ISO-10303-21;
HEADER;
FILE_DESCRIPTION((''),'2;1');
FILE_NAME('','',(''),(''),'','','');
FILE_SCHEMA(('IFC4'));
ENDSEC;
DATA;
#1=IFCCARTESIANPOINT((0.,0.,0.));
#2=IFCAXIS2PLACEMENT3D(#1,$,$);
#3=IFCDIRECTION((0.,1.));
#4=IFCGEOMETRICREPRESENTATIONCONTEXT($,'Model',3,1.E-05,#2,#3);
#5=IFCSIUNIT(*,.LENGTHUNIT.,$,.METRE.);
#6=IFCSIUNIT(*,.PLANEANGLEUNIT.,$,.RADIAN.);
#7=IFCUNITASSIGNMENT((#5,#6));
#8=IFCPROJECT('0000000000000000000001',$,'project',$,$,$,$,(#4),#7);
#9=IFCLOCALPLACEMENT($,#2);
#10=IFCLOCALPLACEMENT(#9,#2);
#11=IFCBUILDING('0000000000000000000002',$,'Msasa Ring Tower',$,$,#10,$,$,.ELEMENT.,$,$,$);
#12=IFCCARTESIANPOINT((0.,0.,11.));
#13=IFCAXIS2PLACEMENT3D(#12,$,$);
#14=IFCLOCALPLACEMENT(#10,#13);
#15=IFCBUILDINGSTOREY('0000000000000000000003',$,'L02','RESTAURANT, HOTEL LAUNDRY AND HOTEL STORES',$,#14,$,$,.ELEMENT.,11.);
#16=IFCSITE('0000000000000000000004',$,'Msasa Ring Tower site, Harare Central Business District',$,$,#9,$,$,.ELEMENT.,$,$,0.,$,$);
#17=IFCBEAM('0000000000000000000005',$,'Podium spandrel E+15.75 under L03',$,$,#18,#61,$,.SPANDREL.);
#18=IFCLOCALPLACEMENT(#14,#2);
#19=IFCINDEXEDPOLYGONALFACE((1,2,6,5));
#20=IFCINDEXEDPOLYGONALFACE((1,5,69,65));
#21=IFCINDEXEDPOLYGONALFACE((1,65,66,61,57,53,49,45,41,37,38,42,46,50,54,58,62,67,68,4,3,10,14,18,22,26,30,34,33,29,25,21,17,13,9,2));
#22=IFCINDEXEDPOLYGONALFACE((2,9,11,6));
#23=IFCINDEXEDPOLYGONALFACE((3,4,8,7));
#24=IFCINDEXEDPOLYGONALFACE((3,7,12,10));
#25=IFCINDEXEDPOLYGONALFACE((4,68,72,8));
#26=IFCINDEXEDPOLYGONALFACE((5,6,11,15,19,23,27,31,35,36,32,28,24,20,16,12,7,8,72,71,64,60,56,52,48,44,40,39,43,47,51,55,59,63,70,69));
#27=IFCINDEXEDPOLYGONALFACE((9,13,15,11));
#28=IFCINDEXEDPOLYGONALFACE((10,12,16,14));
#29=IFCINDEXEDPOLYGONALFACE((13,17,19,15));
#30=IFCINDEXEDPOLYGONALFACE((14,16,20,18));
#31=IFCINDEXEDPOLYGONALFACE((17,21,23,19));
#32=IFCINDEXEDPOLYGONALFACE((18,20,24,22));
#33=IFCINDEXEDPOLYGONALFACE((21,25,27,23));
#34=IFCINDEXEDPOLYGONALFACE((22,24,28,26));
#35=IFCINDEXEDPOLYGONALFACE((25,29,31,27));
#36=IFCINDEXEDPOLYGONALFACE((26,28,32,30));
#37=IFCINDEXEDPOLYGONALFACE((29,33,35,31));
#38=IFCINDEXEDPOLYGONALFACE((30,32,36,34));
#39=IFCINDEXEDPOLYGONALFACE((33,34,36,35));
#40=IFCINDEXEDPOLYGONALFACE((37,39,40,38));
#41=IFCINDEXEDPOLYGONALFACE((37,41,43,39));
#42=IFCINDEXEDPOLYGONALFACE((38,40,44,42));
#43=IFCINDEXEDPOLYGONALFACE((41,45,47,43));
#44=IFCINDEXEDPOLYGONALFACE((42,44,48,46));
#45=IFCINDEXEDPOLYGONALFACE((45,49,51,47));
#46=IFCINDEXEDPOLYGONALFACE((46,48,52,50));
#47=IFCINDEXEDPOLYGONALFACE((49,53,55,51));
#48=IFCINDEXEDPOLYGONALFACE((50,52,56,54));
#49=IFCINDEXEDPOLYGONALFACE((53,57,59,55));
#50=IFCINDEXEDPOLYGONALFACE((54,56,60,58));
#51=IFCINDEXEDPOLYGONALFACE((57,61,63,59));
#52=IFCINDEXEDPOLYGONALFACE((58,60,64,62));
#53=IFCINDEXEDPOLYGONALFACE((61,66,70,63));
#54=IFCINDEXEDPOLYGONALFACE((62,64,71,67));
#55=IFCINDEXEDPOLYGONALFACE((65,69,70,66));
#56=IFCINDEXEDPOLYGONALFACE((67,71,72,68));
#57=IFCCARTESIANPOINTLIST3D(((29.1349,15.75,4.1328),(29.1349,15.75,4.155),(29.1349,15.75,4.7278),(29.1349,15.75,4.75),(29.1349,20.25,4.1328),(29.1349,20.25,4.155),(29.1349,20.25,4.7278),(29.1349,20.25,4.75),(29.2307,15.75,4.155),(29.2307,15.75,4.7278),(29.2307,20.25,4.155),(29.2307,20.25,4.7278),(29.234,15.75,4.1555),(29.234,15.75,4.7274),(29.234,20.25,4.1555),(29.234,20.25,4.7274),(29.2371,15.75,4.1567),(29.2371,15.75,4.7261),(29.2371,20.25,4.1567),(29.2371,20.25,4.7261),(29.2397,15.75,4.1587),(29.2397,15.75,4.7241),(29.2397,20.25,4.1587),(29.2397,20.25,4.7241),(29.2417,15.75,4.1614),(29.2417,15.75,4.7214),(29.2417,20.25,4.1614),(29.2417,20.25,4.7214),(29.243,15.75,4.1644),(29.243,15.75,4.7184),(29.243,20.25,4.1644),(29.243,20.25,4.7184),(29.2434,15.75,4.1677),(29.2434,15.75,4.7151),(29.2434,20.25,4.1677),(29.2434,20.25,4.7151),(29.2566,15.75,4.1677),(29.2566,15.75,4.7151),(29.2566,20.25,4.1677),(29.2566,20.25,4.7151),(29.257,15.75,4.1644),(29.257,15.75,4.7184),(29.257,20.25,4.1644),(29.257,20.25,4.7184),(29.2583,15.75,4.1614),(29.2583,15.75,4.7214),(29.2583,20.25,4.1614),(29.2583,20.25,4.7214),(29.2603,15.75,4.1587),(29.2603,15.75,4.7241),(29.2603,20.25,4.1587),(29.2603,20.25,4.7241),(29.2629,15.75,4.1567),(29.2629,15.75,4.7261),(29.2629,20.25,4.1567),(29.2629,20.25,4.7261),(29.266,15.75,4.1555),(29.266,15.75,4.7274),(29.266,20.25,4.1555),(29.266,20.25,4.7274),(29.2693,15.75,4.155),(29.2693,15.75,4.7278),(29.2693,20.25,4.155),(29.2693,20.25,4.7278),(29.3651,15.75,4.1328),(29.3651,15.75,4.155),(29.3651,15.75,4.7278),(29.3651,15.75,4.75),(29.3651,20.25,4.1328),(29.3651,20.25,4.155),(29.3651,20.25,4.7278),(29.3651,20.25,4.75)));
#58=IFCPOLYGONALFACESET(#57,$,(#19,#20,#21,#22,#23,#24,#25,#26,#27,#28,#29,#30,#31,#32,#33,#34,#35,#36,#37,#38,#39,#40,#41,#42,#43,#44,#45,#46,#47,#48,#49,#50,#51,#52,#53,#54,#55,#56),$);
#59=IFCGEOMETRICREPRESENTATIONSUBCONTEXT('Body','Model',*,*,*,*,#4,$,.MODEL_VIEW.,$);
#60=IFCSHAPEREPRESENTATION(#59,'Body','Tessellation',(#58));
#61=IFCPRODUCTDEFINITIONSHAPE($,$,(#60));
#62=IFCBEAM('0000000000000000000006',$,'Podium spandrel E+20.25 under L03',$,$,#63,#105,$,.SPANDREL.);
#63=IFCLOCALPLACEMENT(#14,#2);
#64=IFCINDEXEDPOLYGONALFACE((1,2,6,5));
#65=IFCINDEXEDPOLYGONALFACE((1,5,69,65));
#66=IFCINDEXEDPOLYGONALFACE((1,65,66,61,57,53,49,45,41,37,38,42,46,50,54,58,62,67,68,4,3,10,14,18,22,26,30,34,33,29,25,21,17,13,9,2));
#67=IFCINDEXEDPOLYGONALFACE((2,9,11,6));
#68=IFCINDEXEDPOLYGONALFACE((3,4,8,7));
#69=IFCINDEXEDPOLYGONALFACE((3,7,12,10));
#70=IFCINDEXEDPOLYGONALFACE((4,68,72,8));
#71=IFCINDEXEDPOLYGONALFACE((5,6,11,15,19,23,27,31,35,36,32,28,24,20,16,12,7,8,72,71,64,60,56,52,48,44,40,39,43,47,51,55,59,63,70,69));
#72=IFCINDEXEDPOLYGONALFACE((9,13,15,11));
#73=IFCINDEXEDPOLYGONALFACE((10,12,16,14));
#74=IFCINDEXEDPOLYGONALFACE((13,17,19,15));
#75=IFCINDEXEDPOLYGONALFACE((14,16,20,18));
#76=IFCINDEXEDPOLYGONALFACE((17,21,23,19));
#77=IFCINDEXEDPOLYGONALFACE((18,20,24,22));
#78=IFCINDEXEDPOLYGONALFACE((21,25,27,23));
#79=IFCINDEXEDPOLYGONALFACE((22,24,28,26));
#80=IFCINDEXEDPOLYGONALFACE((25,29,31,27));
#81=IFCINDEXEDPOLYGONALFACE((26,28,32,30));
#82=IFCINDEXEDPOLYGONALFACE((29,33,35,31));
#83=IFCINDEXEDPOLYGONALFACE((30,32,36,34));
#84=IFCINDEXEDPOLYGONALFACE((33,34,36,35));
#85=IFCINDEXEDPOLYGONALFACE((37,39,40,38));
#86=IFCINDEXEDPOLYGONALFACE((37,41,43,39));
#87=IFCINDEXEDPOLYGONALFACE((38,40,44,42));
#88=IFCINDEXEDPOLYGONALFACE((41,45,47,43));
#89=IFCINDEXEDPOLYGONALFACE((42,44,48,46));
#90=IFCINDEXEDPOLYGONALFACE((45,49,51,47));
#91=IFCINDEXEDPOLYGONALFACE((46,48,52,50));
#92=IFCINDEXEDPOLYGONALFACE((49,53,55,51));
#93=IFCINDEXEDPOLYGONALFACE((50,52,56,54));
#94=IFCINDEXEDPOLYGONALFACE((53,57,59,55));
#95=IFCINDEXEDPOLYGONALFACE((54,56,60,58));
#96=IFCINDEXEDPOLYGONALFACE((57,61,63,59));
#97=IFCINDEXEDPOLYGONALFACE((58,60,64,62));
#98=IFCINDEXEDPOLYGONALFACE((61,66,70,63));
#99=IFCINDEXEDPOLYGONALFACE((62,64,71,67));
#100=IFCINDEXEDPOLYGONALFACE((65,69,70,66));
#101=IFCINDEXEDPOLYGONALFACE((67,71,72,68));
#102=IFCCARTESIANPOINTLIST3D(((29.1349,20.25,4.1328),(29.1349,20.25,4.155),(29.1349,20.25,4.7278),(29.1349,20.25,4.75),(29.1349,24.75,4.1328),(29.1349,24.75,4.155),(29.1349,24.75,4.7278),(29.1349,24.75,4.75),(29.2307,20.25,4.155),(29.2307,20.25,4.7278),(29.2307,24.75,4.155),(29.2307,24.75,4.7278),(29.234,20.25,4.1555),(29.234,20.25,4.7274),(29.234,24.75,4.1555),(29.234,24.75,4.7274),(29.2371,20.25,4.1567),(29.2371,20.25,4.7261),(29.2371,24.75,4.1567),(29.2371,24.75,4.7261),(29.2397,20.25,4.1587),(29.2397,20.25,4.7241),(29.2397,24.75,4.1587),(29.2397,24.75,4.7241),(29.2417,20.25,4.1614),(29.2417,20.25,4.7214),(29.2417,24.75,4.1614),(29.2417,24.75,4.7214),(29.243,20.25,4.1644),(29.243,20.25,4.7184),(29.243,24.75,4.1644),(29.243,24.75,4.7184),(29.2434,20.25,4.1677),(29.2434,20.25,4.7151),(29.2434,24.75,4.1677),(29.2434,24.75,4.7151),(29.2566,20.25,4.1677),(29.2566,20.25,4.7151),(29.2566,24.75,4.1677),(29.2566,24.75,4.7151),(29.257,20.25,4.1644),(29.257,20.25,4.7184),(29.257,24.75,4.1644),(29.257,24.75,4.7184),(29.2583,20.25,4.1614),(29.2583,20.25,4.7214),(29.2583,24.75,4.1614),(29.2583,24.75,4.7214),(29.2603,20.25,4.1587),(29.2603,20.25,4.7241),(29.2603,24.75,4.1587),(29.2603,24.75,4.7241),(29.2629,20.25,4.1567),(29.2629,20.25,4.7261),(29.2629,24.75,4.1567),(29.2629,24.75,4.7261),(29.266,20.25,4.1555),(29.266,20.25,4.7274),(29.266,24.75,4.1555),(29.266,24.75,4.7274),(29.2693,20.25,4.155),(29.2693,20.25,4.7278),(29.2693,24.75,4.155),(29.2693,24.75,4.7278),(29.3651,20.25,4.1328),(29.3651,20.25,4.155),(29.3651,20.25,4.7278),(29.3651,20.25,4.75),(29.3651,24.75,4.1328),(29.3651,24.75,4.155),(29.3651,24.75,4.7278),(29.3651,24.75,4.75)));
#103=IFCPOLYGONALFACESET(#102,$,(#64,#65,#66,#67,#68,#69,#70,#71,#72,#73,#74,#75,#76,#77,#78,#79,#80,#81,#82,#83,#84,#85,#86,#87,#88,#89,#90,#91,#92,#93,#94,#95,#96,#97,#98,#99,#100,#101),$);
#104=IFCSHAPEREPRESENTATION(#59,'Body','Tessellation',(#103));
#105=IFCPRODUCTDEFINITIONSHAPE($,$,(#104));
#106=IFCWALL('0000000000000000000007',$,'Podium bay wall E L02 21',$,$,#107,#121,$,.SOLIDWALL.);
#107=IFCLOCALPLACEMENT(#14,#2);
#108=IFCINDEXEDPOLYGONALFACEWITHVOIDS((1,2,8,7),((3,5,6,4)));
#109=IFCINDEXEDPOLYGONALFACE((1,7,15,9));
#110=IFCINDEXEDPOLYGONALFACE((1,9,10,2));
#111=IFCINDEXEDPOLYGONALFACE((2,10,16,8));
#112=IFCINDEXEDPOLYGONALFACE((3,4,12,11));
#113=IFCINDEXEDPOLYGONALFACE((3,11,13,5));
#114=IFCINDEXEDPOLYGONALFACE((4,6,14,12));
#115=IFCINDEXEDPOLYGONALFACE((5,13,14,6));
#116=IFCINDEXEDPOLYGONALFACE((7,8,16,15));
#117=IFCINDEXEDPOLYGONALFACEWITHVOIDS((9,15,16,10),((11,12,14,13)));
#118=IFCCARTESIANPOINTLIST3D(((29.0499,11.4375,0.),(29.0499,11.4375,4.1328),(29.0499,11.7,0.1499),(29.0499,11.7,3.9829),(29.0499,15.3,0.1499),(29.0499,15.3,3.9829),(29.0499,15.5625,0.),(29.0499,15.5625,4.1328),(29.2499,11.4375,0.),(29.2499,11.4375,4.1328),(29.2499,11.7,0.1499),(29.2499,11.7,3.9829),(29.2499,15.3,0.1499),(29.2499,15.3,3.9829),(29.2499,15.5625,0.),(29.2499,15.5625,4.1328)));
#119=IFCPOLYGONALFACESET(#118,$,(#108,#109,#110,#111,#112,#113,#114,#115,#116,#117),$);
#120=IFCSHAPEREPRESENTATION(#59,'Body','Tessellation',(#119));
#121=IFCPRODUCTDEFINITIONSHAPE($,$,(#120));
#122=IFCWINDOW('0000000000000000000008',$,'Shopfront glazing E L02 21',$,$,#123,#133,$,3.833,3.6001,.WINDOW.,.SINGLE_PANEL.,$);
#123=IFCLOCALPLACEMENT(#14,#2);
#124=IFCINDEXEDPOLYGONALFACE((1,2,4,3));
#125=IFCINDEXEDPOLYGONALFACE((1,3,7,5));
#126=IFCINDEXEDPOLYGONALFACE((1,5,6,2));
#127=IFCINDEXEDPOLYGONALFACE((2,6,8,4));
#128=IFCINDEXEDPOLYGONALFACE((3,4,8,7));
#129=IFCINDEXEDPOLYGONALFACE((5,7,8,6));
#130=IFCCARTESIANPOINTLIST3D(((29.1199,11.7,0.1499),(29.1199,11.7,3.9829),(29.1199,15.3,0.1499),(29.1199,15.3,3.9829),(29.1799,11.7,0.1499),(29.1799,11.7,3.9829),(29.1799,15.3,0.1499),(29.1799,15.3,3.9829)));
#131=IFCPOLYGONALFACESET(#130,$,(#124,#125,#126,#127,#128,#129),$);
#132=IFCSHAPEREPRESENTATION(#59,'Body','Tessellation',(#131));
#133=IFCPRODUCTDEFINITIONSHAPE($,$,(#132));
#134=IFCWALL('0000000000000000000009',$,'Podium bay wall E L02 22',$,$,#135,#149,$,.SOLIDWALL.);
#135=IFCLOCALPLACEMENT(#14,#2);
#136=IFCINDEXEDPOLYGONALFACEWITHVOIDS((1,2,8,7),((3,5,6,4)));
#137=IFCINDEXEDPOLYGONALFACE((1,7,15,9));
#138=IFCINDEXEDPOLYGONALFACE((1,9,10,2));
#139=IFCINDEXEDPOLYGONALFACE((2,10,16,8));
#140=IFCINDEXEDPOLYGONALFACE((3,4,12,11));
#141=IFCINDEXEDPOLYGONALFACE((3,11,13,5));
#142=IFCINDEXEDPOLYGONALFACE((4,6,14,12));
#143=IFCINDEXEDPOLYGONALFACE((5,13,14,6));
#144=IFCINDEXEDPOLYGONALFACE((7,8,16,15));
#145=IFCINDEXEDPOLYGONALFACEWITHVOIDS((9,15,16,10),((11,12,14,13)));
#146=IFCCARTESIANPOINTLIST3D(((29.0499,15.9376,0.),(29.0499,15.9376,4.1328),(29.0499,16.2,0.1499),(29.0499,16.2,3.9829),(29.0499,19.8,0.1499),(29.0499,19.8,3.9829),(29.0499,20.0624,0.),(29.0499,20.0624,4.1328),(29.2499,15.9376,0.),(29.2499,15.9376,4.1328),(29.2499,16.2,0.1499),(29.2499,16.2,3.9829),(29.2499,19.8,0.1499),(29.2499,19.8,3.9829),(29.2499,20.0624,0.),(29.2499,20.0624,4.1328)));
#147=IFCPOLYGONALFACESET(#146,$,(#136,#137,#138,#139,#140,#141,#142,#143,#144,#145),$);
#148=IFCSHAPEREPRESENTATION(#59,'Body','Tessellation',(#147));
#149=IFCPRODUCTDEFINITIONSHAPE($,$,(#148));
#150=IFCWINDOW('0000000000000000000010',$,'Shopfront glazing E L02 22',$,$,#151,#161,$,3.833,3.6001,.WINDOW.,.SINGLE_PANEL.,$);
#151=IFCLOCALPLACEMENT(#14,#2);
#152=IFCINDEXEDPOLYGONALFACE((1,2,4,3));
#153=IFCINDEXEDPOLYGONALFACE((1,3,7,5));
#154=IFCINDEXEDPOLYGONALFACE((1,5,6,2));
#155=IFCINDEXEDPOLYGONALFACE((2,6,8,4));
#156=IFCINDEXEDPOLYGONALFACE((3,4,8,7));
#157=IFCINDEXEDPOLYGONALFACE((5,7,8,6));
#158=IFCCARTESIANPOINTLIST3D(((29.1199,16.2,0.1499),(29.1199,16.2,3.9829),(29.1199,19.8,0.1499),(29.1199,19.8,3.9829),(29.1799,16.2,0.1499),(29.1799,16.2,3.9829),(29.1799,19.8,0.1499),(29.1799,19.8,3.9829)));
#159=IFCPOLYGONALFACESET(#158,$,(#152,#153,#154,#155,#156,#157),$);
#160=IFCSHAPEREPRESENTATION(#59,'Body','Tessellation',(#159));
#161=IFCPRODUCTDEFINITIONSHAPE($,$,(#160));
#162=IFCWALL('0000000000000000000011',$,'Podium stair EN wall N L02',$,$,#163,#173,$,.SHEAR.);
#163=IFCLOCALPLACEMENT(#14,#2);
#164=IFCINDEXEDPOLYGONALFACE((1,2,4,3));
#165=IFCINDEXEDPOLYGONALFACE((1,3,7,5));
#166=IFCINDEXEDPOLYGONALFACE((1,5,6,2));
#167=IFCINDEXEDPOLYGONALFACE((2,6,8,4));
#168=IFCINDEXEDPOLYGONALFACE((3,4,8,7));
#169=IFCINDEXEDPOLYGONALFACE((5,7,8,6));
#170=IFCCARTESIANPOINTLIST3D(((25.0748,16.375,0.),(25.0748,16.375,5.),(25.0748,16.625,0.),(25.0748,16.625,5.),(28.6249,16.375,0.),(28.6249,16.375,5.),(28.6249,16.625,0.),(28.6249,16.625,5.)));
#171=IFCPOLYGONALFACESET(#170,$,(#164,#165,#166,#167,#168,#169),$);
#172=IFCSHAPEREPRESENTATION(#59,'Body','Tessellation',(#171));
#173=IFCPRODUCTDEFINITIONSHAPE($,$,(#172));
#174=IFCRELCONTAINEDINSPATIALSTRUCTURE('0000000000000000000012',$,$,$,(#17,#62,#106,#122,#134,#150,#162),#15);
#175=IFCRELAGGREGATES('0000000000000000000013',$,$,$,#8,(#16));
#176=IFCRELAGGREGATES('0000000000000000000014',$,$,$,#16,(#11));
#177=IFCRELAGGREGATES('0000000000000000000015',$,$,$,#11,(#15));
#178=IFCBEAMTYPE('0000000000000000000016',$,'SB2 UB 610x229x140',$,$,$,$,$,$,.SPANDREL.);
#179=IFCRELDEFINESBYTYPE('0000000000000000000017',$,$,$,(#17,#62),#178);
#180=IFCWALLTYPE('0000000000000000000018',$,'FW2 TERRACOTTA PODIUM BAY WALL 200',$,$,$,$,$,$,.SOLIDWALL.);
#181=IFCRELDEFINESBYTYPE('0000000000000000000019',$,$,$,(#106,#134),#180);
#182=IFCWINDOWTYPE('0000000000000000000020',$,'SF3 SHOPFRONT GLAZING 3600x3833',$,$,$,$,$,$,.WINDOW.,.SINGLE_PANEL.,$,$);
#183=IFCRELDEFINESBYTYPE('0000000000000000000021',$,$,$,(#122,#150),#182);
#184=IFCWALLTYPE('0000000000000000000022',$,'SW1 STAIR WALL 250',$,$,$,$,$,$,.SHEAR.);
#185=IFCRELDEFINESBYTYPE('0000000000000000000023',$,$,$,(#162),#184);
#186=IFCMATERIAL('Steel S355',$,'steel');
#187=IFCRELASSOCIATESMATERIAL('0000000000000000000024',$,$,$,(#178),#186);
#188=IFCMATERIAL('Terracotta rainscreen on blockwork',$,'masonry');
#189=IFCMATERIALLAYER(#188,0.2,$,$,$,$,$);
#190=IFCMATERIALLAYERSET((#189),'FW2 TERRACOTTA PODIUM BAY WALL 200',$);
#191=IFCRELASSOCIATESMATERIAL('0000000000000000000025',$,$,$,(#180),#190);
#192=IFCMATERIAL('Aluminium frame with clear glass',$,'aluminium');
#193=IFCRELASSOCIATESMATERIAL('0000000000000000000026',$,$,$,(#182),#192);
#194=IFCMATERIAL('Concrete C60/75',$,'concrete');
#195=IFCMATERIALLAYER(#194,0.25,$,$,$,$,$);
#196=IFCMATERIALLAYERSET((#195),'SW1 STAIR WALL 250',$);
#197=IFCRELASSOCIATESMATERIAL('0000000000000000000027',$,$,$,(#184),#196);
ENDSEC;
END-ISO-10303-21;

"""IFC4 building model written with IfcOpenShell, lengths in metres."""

from ifc_helpers import new_model, si_unit, direction, frame, frame_2d, origin, origin_2d, place, context, subcontext, project, spatial, rectangle, i_section, extrude, material, layer, layer_set, material_profile, profile_set, type_object, element, fill, save


model = new_model("IFC4")

# Units and contexts
model_context = context("Model", 3, precision=1e-05, world=origin(), true_north=direction((0.0, 1.0)))
body_context = subcontext(model_context, "Body", "Model", "MODEL_VIEW")
ifc_project = project(units=[si_unit("LENGTHUNIT", "METRE"), si_unit("PLANEANGLEUNIT", "RADIAN")], contexts=[model_context])

# Site, building, storey
site_placement = place(None, origin())
site = spatial("IfcSite", under=ifc_project, at=site_placement, Name="Msasa Ring Tower site, Harare Central Business District", CompositionType="ELEMENT", RefElevation=0.0)
building_placement = place(site_placement, origin())
building = spatial("IfcBuilding", under=site, at=building_placement, Name="Msasa Ring Tower", CompositionType="ELEMENT")
storey_placement = place(building_placement, frame((0.0, 0.0, 11.0)))
storey = spatial("IfcBuildingStorey", under=building, at=storey_placement, Name="L02", Description="RESTAURANT, HOTEL LAUNDRY AND HOTEL STORES", CompositionType="ELEMENT", Elevation=11.0)

# Beams
ifc_material_1 = material(Name="Steel S355", Category="steel")
ifc_material_profile_1 = material_profile(ifc_material_1, i_section(OverallWidth=0.2302, OverallDepth=0.6172, WebThickness=0.0132, FlangeThickness=0.0222, FilletRadius=0.0127, at=origin_2d()), Name="UB 610x229x140")
ifc_profile_set_1 = profile_set([ifc_material_profile_1], Name="Steel S355")
beam_type_1 = type_object("IfcBeamType", Name="SB2 UB 610x229x140", PredefinedType="SPANDREL", material=ifc_profile_set_1)
for number, where, z_axis, x_axis, name in (
    (1, (29.25, 15.75, 4.4414), (0.0, 1.0, 0.0), (-1.0, 0.0, 0.0), "Podium spandrel E+15.75 under L03"),
    (2, (29.25, 20.25, 4.4414), (0.0, 1.0, 0.0), (-1.0, 0.0, 0.0), "Podium spandrel E+20.25 under L03"),
):
    element("IfcBeam", number, at=place(storey_placement, frame(where, z_axis=z_axis, x_axis=x_axis)), inside=storey, type_object=beam_type_1, Name=name, PredefinedType="SPANDREL", context=body_context, shape_type="SweptSolid", body=[
        extrude(i_section(OverallWidth=0.2302, OverallDepth=0.6172, WebThickness=0.0132, FlangeThickness=0.0222, FilletRadius=0.0127, at=origin_2d()), origin(), (0.0, 0.0, 1.0), 4.5),
    ])

# Walls, openings, windows
ifc_material_2 = material(Name="Terracotta rainscreen on blockwork", Category="masonry")
ifc_layer_1 = layer(ifc_material_2, 0.2)
ifc_layer_set_1 = layer_set([ifc_layer_1], Name="FW2 TERRACOTTA PODIUM BAY WALL 200")
wall_type_1 = type_object("IfcWallType", Name="FW2 TERRACOTTA PODIUM BAY WALL 200", PredefinedType="SOLIDWALL", material=ifc_layer_set_1)
wall_1_placement = place(storey_placement, frame((29.1499, 11.4375, 0.0), z_axis=(0.0, 0.0, 1.0), x_axis=(0.0, 1.0, 0.0)))
wall_1 = element("IfcWall", 3, at=wall_1_placement, inside=storey, type_object=wall_type_1, Name="Podium bay wall E L02 21", PredefinedType="SOLIDWALL", context=body_context, shape_type="SweptSolid", body=[
    extrude(rectangle(XDim=4.125, YDim=0.2, at=frame_2d((2.0625, 0.0))), origin(), (0.0, 0.0, 1.0), 4.1328),
])
opening_1_placement = place(wall_1_placement, frame((0.2625, 0.0, 0.1499)))
opening_1 = element("IfcOpeningElement", 4, at=opening_1_placement, cuts=wall_1, PredefinedType="OPENING", context=body_context, shape_type="SweptSolid", body=[
    extrude(rectangle(XDim=3.6001, YDim=3.833, at=frame_2d((1.8, 1.9165))), frame((0.0, 0.1099, 0.0), z_axis=(0.0, -1.0, 0.0), x_axis=(1.0, 0.0, 0.0)), (0.0, 0.0, 1.0), 0.22),
])
ifc_material_3 = material(Name="Aluminium frame with clear glass", Category="aluminium")
window_type = type_object("IfcWindowType", Name="SF3 SHOPFRONT GLAZING 3600x3833", PartitioningType="SINGLE_PANEL", PredefinedType="WINDOW", material=ifc_material_3)
window_1_placement = place(opening_1_placement, origin())
window_1 = element("IfcWindow", 5, at=window_1_placement, inside=storey, type_object=window_type, Name="Shopfront glazing E L02 21", OverallHeight=3.833, OverallWidth=3.6001, PartitioningType="SINGLE_PANEL", PredefinedType="WINDOW", context=body_context, shape_type="SweptSolid", body=[
    extrude(rectangle(XDim=3.6001, YDim=3.833, at=frame_2d((1.8, 1.9165))), frame((0.0, 0.03, 0.0), z_axis=(0.0, -1.0, 0.0), x_axis=(1.0, 0.0, 0.0)), (0.0, 0.0, 1.0), 0.0601),
])
fill(opening_1, window_1)
wall_2_placement = place(storey_placement, frame((29.1499, 15.9375, 0.0), z_axis=(0.0, 0.0, 1.0), x_axis=(0.0, 1.0, 0.0)))
wall_2 = element("IfcWall", 6, at=wall_2_placement, inside=storey, type_object=wall_type_1, Name="Podium bay wall E L02 22", PredefinedType="SOLIDWALL", context=body_context, shape_type="SweptSolid", body=[
    extrude(rectangle(XDim=4.1248, YDim=0.2, at=frame_2d((2.0625, 0.0))), origin(), (0.0, 0.0, 1.0), 4.1328),
])
opening_2_placement = place(wall_2_placement, frame((0.2625, 0.0, 0.1499)))
opening_2 = element("IfcOpeningElement", 7, at=opening_2_placement, cuts=wall_2, PredefinedType="OPENING", context=body_context, shape_type="SweptSolid", body=[
    extrude(rectangle(XDim=3.6001, YDim=3.833, at=frame_2d((1.8, 1.9165))), frame((0.0, 0.1099, 0.0), z_axis=(0.0, -1.0, 0.0), x_axis=(1.0, 0.0, 0.0)), (0.0, 0.0, 1.0), 0.22),
])
window_2_placement = place(opening_2_placement, origin())
window_2 = element("IfcWindow", 8, at=window_2_placement, inside=storey, type_object=window_type, Name="Shopfront glazing E L02 22", OverallHeight=3.833, OverallWidth=3.6001, PartitioningType="SINGLE_PANEL", PredefinedType="WINDOW", context=body_context, shape_type="SweptSolid", body=[
    extrude(rectangle(XDim=3.6001, YDim=3.833, at=frame_2d((1.8, 1.9165))), frame((0.0, 0.03, 0.0), z_axis=(0.0, -1.0, 0.0), x_axis=(1.0, 0.0, 0.0)), (0.0, 0.0, 1.0), 0.0601),
])
fill(opening_2, window_2)

# Wall
ifc_material_4 = material(Name="Concrete C60/75", Category="concrete")
ifc_layer_2 = layer(ifc_material_4, 0.25)
ifc_layer_set_2 = layer_set([ifc_layer_2], Name="SW1 STAIR WALL 250")
wall_type_2 = type_object("IfcWallType", Name="SW1 STAIR WALL 250", PredefinedType="SHEAR", material=ifc_layer_set_2)
wall_3_placement = place(storey_placement, frame((25.075, 16.5, 0.0), z_axis=(0.0, 0.0, 1.0), x_axis=(1.0, 0.0, 0.0)))
element("IfcWall", 9, at=wall_3_placement, inside=storey, type_object=wall_type_2, Name="Podium stair EN wall N L02", PredefinedType="SHEAR", context=body_context, shape_type="SweptSolid", body=[
    extrude(rectangle(XDim=3.55, YDim=0.25, at=frame_2d((1.7749, 0.0))), origin(), (0.0, 0.0, 1.0), 5.0),
])

save(model, "model.ifc")
